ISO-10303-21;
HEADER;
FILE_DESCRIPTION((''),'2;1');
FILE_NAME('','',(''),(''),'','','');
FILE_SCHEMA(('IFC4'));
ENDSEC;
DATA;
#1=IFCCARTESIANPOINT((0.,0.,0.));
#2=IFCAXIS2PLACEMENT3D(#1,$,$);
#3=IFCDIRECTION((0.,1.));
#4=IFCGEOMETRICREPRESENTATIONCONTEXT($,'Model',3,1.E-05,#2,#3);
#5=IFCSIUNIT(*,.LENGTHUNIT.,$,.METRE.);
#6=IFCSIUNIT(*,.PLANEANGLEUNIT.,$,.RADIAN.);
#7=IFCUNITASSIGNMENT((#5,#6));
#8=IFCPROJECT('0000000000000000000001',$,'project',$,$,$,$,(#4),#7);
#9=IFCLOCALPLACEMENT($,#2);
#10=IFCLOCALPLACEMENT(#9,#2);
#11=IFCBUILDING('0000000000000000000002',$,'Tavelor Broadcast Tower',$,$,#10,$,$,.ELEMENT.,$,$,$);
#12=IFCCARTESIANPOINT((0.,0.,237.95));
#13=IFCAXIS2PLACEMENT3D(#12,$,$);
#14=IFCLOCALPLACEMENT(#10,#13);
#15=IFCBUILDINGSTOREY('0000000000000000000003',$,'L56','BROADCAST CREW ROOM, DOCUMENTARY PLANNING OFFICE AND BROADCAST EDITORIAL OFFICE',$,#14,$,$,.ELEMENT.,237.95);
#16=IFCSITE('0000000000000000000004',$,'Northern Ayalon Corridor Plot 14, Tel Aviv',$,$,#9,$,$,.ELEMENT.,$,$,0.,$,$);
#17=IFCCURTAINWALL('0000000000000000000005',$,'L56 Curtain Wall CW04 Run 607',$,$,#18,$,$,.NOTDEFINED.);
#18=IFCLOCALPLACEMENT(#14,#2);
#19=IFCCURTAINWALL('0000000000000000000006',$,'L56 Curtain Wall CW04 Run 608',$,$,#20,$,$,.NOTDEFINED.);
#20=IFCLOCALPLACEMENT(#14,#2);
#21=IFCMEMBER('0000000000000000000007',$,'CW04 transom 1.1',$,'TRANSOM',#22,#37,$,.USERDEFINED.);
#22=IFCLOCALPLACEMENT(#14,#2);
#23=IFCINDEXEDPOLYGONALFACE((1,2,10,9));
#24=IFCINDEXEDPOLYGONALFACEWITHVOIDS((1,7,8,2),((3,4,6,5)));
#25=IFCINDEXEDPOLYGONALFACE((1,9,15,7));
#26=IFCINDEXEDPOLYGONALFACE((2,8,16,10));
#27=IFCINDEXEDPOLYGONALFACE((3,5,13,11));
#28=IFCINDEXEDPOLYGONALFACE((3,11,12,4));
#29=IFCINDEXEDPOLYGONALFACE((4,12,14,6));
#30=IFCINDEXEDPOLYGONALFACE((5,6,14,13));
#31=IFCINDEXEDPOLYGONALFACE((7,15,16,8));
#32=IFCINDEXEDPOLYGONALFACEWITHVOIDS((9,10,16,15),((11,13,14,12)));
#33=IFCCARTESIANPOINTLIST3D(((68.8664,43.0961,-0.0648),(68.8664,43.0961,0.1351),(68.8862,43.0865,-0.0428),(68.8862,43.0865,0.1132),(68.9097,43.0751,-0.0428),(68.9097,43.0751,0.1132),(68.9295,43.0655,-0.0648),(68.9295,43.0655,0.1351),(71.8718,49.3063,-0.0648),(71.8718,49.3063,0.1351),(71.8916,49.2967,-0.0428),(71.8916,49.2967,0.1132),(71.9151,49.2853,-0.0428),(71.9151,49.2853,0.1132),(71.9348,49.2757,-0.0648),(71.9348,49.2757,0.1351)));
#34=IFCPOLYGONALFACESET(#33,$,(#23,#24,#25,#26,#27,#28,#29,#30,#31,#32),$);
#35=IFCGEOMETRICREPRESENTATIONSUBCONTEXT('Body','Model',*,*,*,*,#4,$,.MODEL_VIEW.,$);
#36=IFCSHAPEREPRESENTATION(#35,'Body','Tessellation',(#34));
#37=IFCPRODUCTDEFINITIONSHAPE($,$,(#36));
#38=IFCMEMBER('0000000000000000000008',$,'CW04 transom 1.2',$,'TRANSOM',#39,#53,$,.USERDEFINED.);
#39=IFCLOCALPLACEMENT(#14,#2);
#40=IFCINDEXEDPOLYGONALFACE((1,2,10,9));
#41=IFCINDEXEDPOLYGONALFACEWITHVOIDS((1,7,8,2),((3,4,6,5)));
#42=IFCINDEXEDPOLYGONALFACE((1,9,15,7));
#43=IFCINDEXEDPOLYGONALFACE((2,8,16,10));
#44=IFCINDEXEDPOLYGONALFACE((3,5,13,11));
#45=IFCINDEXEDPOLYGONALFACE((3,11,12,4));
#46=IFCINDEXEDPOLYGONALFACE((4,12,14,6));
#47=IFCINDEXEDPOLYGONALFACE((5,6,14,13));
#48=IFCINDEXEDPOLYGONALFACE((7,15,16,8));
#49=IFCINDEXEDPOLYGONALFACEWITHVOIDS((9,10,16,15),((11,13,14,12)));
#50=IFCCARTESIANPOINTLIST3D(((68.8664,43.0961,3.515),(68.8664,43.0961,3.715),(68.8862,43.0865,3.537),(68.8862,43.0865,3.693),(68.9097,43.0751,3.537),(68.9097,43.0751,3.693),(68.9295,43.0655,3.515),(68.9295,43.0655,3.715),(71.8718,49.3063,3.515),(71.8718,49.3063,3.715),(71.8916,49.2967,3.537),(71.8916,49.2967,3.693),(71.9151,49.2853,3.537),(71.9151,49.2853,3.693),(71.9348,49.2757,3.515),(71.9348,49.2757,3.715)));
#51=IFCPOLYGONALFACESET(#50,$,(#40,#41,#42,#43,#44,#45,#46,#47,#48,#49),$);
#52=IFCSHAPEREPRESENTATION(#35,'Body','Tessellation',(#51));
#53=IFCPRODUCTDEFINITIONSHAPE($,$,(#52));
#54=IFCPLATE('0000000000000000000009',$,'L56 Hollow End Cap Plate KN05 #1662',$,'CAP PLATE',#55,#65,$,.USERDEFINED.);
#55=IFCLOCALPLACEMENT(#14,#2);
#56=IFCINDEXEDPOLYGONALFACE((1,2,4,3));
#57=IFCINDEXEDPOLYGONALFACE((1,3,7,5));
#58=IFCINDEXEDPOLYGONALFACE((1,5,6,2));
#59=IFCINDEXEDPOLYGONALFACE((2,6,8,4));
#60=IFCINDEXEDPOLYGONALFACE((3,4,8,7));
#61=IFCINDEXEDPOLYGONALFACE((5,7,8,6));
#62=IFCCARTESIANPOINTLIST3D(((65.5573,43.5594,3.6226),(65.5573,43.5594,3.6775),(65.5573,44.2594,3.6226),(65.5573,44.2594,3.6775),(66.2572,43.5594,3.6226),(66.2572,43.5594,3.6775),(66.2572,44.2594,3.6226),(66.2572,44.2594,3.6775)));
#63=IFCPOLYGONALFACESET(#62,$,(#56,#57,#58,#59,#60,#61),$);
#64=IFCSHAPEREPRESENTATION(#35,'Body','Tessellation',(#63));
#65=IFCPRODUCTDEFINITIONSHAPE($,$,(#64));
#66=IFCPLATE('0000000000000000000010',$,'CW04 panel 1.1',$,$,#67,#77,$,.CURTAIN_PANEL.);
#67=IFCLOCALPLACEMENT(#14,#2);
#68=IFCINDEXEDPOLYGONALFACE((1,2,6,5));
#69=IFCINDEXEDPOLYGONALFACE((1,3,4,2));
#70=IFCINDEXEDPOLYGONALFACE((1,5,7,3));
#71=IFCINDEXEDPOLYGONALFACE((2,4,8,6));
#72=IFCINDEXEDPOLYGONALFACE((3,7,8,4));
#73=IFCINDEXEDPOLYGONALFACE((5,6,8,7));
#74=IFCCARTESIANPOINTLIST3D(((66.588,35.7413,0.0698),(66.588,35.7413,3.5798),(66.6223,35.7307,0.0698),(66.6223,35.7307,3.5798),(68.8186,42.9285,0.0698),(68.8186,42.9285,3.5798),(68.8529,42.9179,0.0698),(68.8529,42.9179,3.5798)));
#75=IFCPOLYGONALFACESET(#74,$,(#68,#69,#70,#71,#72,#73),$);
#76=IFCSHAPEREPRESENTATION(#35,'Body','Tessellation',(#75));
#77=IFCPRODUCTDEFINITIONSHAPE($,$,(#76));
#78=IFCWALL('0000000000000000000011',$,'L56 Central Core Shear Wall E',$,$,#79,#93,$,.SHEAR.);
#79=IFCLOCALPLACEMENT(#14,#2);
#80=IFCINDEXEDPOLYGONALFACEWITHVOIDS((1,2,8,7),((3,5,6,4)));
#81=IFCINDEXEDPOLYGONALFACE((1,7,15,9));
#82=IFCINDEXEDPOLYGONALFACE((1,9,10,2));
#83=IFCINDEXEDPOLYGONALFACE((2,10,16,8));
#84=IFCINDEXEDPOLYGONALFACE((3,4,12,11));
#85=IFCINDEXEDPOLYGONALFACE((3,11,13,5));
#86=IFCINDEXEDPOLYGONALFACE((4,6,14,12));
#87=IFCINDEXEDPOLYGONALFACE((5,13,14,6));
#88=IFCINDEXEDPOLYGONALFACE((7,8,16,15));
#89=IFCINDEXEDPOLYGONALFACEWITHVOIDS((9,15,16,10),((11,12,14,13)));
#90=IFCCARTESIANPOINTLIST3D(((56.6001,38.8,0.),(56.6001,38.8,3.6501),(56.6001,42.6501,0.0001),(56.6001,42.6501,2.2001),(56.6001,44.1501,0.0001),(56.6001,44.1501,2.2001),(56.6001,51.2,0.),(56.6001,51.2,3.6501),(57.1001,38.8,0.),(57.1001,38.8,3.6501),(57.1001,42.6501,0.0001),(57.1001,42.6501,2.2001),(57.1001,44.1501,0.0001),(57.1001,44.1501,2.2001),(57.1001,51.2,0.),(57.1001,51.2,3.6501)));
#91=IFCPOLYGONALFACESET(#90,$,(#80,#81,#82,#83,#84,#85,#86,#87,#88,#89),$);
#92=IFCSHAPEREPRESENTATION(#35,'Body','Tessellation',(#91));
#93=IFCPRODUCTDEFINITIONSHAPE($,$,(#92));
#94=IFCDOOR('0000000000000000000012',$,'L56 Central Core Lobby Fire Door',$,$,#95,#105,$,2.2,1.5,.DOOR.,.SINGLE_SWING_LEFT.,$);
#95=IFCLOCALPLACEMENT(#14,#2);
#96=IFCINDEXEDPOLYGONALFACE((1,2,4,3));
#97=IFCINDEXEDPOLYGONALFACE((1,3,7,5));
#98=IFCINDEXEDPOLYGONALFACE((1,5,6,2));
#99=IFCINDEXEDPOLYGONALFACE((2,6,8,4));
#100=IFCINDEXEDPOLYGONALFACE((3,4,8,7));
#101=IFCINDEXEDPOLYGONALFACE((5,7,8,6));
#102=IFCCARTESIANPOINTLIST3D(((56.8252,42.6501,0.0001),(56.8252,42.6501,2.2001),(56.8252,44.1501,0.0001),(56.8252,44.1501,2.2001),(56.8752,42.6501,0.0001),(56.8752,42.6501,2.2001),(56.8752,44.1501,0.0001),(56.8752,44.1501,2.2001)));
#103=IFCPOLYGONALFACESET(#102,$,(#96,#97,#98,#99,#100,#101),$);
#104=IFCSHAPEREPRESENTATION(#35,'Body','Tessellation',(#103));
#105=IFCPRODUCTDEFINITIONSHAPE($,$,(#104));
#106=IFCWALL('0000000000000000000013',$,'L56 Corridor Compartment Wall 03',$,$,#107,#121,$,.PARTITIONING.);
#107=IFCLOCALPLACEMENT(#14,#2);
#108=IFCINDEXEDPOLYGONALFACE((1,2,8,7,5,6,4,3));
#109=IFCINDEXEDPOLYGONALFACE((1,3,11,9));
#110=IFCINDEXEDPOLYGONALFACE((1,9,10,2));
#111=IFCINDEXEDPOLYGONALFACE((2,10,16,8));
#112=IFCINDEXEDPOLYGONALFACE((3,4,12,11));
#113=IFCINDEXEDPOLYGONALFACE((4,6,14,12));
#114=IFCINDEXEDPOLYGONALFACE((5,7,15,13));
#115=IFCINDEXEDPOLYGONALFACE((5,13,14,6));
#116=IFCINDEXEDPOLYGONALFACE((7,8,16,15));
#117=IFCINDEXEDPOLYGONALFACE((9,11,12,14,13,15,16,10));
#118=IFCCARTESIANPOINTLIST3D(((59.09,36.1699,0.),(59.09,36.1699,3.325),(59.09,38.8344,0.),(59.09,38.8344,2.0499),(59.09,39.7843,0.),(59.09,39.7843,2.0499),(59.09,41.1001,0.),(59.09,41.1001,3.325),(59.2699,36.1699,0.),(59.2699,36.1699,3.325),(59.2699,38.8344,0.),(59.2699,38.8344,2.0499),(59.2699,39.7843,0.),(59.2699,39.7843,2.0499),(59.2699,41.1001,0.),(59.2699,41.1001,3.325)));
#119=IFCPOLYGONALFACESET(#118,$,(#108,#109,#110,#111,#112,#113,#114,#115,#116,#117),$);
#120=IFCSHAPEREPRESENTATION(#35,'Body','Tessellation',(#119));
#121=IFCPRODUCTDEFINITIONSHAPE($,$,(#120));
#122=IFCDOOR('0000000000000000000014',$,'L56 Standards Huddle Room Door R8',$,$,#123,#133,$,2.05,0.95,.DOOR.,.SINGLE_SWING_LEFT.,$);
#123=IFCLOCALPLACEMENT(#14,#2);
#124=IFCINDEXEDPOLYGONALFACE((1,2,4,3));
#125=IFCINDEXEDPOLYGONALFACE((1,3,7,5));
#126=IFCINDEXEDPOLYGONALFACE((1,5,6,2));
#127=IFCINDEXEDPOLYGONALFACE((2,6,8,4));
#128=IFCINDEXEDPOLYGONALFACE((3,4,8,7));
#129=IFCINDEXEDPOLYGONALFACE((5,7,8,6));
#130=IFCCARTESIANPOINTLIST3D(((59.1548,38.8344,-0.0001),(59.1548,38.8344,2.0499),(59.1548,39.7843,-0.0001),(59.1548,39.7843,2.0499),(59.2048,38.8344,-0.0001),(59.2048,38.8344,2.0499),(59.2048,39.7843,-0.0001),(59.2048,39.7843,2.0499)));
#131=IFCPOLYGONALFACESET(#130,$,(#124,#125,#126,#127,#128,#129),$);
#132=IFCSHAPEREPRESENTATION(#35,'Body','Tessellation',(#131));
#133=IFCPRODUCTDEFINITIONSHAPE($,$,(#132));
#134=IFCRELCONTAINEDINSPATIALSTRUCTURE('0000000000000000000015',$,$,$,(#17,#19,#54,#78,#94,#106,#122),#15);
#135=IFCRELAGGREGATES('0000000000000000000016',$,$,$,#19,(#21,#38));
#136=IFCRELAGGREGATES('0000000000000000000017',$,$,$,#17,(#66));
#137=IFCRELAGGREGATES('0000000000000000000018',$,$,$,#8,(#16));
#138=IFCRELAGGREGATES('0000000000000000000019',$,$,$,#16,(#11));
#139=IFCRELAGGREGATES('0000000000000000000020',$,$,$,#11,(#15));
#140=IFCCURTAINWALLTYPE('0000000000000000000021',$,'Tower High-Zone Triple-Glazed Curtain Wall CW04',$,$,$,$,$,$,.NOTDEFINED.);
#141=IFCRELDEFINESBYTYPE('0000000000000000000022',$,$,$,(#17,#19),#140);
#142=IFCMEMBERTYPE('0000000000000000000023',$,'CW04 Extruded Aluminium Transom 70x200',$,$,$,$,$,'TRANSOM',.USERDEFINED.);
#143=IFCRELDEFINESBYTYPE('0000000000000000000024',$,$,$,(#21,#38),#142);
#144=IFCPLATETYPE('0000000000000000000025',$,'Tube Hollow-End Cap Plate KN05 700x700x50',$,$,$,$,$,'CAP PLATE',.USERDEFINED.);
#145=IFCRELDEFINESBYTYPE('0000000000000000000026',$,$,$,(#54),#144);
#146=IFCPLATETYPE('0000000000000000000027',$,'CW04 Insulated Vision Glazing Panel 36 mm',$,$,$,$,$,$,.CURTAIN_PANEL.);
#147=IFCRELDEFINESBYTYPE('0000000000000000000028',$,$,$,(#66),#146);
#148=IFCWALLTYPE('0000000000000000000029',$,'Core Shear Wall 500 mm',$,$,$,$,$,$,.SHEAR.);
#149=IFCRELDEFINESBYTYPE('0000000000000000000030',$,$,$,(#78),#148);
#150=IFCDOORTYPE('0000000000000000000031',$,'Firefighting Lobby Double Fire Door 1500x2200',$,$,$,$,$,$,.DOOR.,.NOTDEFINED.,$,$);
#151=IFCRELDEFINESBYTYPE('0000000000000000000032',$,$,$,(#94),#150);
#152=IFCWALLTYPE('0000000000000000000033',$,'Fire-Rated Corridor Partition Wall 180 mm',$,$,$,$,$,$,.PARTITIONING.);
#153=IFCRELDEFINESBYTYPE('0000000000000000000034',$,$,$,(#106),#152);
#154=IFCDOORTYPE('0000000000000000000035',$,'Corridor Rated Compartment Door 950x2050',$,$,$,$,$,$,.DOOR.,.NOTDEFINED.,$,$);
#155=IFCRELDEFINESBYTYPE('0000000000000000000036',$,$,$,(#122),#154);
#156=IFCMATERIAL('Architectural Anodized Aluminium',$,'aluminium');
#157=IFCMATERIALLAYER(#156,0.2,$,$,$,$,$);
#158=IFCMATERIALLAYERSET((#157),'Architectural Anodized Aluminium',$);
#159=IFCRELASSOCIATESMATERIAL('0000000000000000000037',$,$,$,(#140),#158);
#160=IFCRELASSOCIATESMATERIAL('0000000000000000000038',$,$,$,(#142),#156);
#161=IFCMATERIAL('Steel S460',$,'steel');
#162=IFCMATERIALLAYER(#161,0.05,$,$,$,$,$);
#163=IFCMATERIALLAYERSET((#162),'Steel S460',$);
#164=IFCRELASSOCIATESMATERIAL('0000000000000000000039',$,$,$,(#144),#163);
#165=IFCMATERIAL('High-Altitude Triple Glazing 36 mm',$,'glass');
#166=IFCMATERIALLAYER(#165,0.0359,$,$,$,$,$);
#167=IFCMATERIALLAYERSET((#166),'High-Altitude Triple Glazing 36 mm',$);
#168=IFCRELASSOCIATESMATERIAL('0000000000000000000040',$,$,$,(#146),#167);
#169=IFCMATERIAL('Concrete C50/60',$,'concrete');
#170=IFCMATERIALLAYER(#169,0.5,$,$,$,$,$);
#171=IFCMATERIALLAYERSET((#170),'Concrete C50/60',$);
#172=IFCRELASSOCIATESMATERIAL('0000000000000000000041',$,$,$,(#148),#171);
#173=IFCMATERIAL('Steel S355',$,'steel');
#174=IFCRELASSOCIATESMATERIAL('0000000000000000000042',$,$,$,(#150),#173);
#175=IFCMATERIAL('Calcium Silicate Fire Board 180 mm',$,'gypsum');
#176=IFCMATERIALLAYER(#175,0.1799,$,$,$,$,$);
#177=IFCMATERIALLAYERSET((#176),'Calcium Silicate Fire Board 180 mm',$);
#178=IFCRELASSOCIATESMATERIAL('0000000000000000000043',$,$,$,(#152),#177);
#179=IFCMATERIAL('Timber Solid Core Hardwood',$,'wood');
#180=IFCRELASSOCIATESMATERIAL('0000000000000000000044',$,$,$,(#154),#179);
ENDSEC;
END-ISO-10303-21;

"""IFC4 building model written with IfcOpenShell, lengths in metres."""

from ifc_helpers import new_model, si_unit, direction, frame, frame_2d, origin, origin_2d, place, context, subcontext, project, spatial, rectangle, hollow_rectangle, extrude, source, transform, mapped, material, layer, layer_set, material_profile, profile_set, type_object, type_shapes, element, fill, aggregate, save


model = new_model("IFC4")

# Units and contexts
model_context = context("Model", 3, precision=1e-05, world=origin(), true_north=direction((0.0, 1.0)))
body_context = subcontext(model_context, "Body", "Model", "MODEL_VIEW")
ifc_project = project(units=[si_unit("LENGTHUNIT", "METRE"), si_unit("PLANEANGLEUNIT", "RADIAN")], contexts=[model_context])

# Site, building, storey
site_placement = place(None, origin())
site = spatial("IfcSite", under=ifc_project, at=site_placement, Name="Northern Ayalon Corridor Plot 14, Tel Aviv", CompositionType="ELEMENT", RefElevation=0.0)
building_placement = place(site_placement, origin())
building = spatial("IfcBuilding", under=site, at=building_placement, Name="Tavelor Broadcast Tower", CompositionType="ELEMENT")
storey_placement = place(building_placement, frame((0.0, 0.0, 237.95)))
storey = spatial("IfcBuildingStorey", under=building, at=storey_placement, Name="L56", Description="BROADCAST CREW ROOM, DOCUMENTARY PLANNING OFFICE AND BROADCAST EDITORIAL OFFICE", CompositionType="ELEMENT", Elevation=237.95)

# Shared definitions
ifc_material_1 = material(Name="Concrete C50/60", Category="concrete")
ifc_material_2 = material(Name="Steel S460", Category="steel")

# Shared definitions
ifc_material_3 = material(Name="Steel S355", Category="steel")

# Curtain wall
ifc_material_4 = material(Name="Architectural Anodized Aluminium", Category="aluminium")
ifc_layer_1 = layer(ifc_material_4, 0.2)
ifc_layer_set_1 = layer_set([ifc_layer_1], Name="Architectural Anodized Aluminium")
curtain_wall_type = type_object("IfcCurtainWallType", Name="Tower High-Zone Triple-Glazed Curtain Wall CW04", PredefinedType="NOTDEFINED", material=ifc_layer_set_1)
curtain_wall_1_placement = place(storey_placement, origin())
curtain_wall_1 = element("IfcCurtainWall", 1, at=curtain_wall_1_placement, inside=storey, type_object=curtain_wall_type, Name="L56 Curtain Wall CW04 Run 607", PredefinedType="NOTDEFINED")

# Curtain wall, members
curtain_wall_2_placement = place(storey_placement, origin())
curtain_wall_2 = element("IfcCurtainWall", 2, at=curtain_wall_2_placement, inside=storey, type_object=curtain_wall_type, Name="L56 Curtain Wall CW04 Run 608", PredefinedType="NOTDEFINED")
ifc_material_profile_1 = material_profile(ifc_material_4, hollow_rectangle(XDim=0.0701, YDim=0.2, WallThickness=0.022, at=origin_2d()), Name="RHS 70x200x22")
ifc_profile_set_1 = profile_set([ifc_material_profile_1], Name="Architectural Anodized Aluminium")
member_type_1 = type_object("IfcMemberType", Name="CW04 Extruded Aluminium Transom 70x200", ElementType="TRANSOM", PredefinedType="USERDEFINED", material=ifc_profile_set_1)
shared_shape_1 = source(origin(), body_context, "Body", "SweptSolid", [
    extrude(hollow_rectangle(XDim=0.0701, YDim=0.2, WallThickness=0.022, at=origin_2d()), origin(), (0.0, 0.0, 1.0), 6.8992),
])
type_shapes(member_type_1, [shared_shape_1])
member_1_placement = place(storey_placement, frame((68.8979, 43.0808, 0.0352), z_axis=(0.435612, 0.900135, 0.0), x_axis=(-0.900135, 0.435612, 0.0)))
member_1 = element("IfcMember", 3, at=member_1_placement, type_object=member_type_1, Name="CW04 transom 1.1", ObjectType="TRANSOM", PredefinedType="USERDEFINED", context=body_context, shape_type="MappedRepresentation", body=[
    mapped(shared_shape_1, transform((0.0, 0.0, 0.0), scale=1.0)),
])
member_2_placement = place(storey_placement, frame((68.8979, 43.0808, 3.615), z_axis=(0.435612, 0.900135, 0.0), x_axis=(-0.900135, 0.435612, 0.0)))
member_2 = element("IfcMember", 4, at=member_2_placement, type_object=member_type_1, Name="CW04 transom 1.2", ObjectType="TRANSOM", PredefinedType="USERDEFINED", context=body_context, shape_type="MappedRepresentation", body=[
    mapped(shared_shape_1, transform((0.0, 0.0, 0.0), scale=1.0)),
])
aggregate(curtain_wall_2, [member_1, member_2])

# Plates
ifc_layer_2 = layer(ifc_material_2, 0.05)
ifc_layer_set_2 = layer_set([ifc_layer_2], Name="Steel S460")
plate_type_1 = type_object("IfcPlateType", Name="Tube Hollow-End Cap Plate KN05 700x700x50", ElementType="CAP PLATE", PredefinedType="USERDEFINED", material=ifc_layer_set_2)
shared_shape_2 = source(origin(), body_context, "Body", "SweptSolid", [
    extrude(rectangle(XDim=0.7, YDim=0.7, at=origin_2d()), origin(), (0.0, 0.0, 1.0), 0.0549),
])
type_shapes(plate_type_1, [shared_shape_2])
plate_1_placement = place(storey_placement, frame((65.9072, 43.9094, 3.6226), z_axis=(0.0, 0.0, 1.0), x_axis=(1.0, 0.0, 0.0)))
element("IfcPlate", 5, at=plate_1_placement, inside=storey, type_object=plate_type_1, Name="L56 Hollow End Cap Plate KN05 #1662", ObjectType="CAP PLATE", PredefinedType="USERDEFINED", context=body_context, shape_type="MappedRepresentation", body=[
    mapped(shared_shape_2, transform((0.0, 0.0, 0.0), scale=1.0)),
])
ifc_material_5 = material(Name="High-Altitude Triple Glazing 36 mm", Category="glass")
ifc_layer_3 = layer(ifc_material_5, 0.0359)
ifc_layer_set_3 = layer_set([ifc_layer_3], Name="High-Altitude Triple Glazing 36 mm")
plate_type_2 = type_object("IfcPlateType", Name="CW04 Insulated Vision Glazing Panel 36 mm", PredefinedType="CURTAIN_PANEL", material=ifc_layer_set_3)
shared_shape_3 = source(origin(), body_context, "Body", "SweptSolid", [
    extrude(rectangle(XDim=7.5254, YDim=0.0359, at=origin_2d()), origin(), (0.0, 0.0, 1.0), 3.51),
])
type_shapes(plate_type_2, [shared_shape_3])
plate_2_placement = place(storey_placement, frame((67.7205, 39.3296, 0.0698), z_axis=(0.0, 0.0, 1.0), x_axis=(0.296411, 0.955061, 0.0)))
plate_2 = element("IfcPlate", 6, at=plate_2_placement, type_object=plate_type_2, Name="CW04 panel 1.1", PredefinedType="CURTAIN_PANEL", context=body_context, shape_type="MappedRepresentation", body=[
    mapped(shared_shape_3, transform((0.0, 0.0, 0.0), scale=1.0)),
])
aggregate(curtain_wall_1, [plate_2])

# Walls, openings, doors
ifc_layer_4 = layer(ifc_material_1, 0.5)
ifc_layer_set_4 = layer_set([ifc_layer_4], Name="Concrete C50/60")
wall_type_1 = type_object("IfcWallType", Name="Core Shear Wall 500 mm", PredefinedType="SHEAR", material=ifc_layer_set_4)
wall_1_placement = place(storey_placement, frame((56.8501, 38.8, 0.0), z_axis=(0.0, 0.0, 1.0), x_axis=(0.0, 1.0, 0.0)))
wall_1 = element("IfcWall", 7, at=wall_1_placement, inside=storey, type_object=wall_type_1, Name="L56 Central Core Shear Wall E", PredefinedType="SHEAR", context=body_context, shape_type="SweptSolid", body=[
    extrude(rectangle(XDim=12.3999, YDim=0.5, at=frame_2d((6.2, 0.0))), origin(), (0.0, 0.0, 1.0), 3.6501),
])
opening_1_placement = place(wall_1_placement, frame((3.8501, 0.0, 0.0)))
opening_1 = element("IfcOpeningElement", 8, at=opening_1_placement, cuts=wall_1, PredefinedType="OPENING", context=body_context, shape_type="SweptSolid", body=[
    extrude(rectangle(XDim=1.5, YDim=2.2, at=frame_2d((0.75, 1.1001))), frame((0.0, 0.26, 0.0), z_axis=(0.0, -1.0, 0.0), x_axis=(1.0, 0.0, 0.0)), (0.0, 0.0, 1.0), 0.52),
])
door_type_1 = type_object("IfcDoorType", Name="Firefighting Lobby Double Fire Door 1500x2200", OperationType="NOTDEFINED", PredefinedType="DOOR", material=ifc_material_3)
door_1_placement = place(opening_1_placement, origin())
door_1 = element("IfcDoor", 9, at=door_1_placement, inside=storey, type_object=door_type_1, Name="L56 Central Core Lobby Fire Door", OperationType="SINGLE_SWING_LEFT", OverallHeight=2.2, OverallWidth=1.5, PredefinedType="DOOR", context=body_context, shape_type="SweptSolid", body=[
    extrude(rectangle(XDim=1.5, YDim=2.2, at=frame_2d((0.75, 1.1001))), frame((0.0, 0.0249, 0.0), z_axis=(0.0, -1.0, 0.0), x_axis=(1.0, 0.0, 0.0)), (0.0, 0.0, 1.0), 0.05),
])
fill(opening_1, door_1)
ifc_material_6 = material(Name="Calcium Silicate Fire Board 180 mm", Category="gypsum")
ifc_layer_5 = layer(ifc_material_6, 0.1799)
ifc_layer_set_5 = layer_set([ifc_layer_5], Name="Calcium Silicate Fire Board 180 mm")
wall_type_2 = type_object("IfcWallType", Name="Fire-Rated Corridor Partition Wall 180 mm", PredefinedType="PARTITIONING", material=ifc_layer_set_5)
wall_2_placement = place(storey_placement, frame((59.1799, 41.1001, 0.0), z_axis=(0.0, 0.0, 1.0), x_axis=(0.0, -1.0, 0.0)))
wall_2 = element("IfcWall", 10, at=wall_2_placement, inside=storey, type_object=wall_type_2, Name="L56 Corridor Compartment Wall 03", PredefinedType="PARTITIONING", context=body_context, shape_type="SweptSolid", body=[
    extrude(rectangle(XDim=4.9302, YDim=0.1799, at=frame_2d((2.4651, 0.0))), origin(), (0.0, 0.0, 1.0), 3.325),
])
opening_2_placement = place(wall_2_placement, frame((1.3157, 0.0, 0.0)))
opening_2 = element("IfcOpeningElement", 11, at=opening_2_placement, cuts=wall_2, PredefinedType="OPENING", context=body_context, shape_type="SweptSolid", body=[
    extrude(rectangle(XDim=0.95, YDim=2.05, at=frame_2d((0.4751, 1.0249))), frame((0.0, 0.1001, 0.0), z_axis=(0.0, -1.0, 0.0), x_axis=(1.0, 0.0, 0.0)), (0.0, 0.0, 1.0), 0.2),
])
ifc_material_7 = material(Name="Timber Solid Core Hardwood", Category="wood")
door_type_2 = type_object("IfcDoorType", Name="Corridor Rated Compartment Door 950x2050", OperationType="NOTDEFINED", PredefinedType="DOOR", material=ifc_material_7)
door_2_placement = place(opening_2_placement, origin())
door_2 = element("IfcDoor", 12, at=door_2_placement, inside=storey, type_object=door_type_2, Name="L56 Standards Huddle Room Door R8", OperationType="SINGLE_SWING_LEFT", OverallHeight=2.05, OverallWidth=0.95, PredefinedType="DOOR", context=body_context, shape_type="SweptSolid", body=[
    extrude(rectangle(XDim=0.95, YDim=2.05, at=frame_2d((0.4751, 1.0249))), frame((0.0, 0.0249, 0.0), z_axis=(0.0, -1.0, 0.0), x_axis=(1.0, 0.0, 0.0)), (0.0, 0.0, 1.0), 0.05),
])
fill(opening_2, door_2)

save(model, "model.ifc")
